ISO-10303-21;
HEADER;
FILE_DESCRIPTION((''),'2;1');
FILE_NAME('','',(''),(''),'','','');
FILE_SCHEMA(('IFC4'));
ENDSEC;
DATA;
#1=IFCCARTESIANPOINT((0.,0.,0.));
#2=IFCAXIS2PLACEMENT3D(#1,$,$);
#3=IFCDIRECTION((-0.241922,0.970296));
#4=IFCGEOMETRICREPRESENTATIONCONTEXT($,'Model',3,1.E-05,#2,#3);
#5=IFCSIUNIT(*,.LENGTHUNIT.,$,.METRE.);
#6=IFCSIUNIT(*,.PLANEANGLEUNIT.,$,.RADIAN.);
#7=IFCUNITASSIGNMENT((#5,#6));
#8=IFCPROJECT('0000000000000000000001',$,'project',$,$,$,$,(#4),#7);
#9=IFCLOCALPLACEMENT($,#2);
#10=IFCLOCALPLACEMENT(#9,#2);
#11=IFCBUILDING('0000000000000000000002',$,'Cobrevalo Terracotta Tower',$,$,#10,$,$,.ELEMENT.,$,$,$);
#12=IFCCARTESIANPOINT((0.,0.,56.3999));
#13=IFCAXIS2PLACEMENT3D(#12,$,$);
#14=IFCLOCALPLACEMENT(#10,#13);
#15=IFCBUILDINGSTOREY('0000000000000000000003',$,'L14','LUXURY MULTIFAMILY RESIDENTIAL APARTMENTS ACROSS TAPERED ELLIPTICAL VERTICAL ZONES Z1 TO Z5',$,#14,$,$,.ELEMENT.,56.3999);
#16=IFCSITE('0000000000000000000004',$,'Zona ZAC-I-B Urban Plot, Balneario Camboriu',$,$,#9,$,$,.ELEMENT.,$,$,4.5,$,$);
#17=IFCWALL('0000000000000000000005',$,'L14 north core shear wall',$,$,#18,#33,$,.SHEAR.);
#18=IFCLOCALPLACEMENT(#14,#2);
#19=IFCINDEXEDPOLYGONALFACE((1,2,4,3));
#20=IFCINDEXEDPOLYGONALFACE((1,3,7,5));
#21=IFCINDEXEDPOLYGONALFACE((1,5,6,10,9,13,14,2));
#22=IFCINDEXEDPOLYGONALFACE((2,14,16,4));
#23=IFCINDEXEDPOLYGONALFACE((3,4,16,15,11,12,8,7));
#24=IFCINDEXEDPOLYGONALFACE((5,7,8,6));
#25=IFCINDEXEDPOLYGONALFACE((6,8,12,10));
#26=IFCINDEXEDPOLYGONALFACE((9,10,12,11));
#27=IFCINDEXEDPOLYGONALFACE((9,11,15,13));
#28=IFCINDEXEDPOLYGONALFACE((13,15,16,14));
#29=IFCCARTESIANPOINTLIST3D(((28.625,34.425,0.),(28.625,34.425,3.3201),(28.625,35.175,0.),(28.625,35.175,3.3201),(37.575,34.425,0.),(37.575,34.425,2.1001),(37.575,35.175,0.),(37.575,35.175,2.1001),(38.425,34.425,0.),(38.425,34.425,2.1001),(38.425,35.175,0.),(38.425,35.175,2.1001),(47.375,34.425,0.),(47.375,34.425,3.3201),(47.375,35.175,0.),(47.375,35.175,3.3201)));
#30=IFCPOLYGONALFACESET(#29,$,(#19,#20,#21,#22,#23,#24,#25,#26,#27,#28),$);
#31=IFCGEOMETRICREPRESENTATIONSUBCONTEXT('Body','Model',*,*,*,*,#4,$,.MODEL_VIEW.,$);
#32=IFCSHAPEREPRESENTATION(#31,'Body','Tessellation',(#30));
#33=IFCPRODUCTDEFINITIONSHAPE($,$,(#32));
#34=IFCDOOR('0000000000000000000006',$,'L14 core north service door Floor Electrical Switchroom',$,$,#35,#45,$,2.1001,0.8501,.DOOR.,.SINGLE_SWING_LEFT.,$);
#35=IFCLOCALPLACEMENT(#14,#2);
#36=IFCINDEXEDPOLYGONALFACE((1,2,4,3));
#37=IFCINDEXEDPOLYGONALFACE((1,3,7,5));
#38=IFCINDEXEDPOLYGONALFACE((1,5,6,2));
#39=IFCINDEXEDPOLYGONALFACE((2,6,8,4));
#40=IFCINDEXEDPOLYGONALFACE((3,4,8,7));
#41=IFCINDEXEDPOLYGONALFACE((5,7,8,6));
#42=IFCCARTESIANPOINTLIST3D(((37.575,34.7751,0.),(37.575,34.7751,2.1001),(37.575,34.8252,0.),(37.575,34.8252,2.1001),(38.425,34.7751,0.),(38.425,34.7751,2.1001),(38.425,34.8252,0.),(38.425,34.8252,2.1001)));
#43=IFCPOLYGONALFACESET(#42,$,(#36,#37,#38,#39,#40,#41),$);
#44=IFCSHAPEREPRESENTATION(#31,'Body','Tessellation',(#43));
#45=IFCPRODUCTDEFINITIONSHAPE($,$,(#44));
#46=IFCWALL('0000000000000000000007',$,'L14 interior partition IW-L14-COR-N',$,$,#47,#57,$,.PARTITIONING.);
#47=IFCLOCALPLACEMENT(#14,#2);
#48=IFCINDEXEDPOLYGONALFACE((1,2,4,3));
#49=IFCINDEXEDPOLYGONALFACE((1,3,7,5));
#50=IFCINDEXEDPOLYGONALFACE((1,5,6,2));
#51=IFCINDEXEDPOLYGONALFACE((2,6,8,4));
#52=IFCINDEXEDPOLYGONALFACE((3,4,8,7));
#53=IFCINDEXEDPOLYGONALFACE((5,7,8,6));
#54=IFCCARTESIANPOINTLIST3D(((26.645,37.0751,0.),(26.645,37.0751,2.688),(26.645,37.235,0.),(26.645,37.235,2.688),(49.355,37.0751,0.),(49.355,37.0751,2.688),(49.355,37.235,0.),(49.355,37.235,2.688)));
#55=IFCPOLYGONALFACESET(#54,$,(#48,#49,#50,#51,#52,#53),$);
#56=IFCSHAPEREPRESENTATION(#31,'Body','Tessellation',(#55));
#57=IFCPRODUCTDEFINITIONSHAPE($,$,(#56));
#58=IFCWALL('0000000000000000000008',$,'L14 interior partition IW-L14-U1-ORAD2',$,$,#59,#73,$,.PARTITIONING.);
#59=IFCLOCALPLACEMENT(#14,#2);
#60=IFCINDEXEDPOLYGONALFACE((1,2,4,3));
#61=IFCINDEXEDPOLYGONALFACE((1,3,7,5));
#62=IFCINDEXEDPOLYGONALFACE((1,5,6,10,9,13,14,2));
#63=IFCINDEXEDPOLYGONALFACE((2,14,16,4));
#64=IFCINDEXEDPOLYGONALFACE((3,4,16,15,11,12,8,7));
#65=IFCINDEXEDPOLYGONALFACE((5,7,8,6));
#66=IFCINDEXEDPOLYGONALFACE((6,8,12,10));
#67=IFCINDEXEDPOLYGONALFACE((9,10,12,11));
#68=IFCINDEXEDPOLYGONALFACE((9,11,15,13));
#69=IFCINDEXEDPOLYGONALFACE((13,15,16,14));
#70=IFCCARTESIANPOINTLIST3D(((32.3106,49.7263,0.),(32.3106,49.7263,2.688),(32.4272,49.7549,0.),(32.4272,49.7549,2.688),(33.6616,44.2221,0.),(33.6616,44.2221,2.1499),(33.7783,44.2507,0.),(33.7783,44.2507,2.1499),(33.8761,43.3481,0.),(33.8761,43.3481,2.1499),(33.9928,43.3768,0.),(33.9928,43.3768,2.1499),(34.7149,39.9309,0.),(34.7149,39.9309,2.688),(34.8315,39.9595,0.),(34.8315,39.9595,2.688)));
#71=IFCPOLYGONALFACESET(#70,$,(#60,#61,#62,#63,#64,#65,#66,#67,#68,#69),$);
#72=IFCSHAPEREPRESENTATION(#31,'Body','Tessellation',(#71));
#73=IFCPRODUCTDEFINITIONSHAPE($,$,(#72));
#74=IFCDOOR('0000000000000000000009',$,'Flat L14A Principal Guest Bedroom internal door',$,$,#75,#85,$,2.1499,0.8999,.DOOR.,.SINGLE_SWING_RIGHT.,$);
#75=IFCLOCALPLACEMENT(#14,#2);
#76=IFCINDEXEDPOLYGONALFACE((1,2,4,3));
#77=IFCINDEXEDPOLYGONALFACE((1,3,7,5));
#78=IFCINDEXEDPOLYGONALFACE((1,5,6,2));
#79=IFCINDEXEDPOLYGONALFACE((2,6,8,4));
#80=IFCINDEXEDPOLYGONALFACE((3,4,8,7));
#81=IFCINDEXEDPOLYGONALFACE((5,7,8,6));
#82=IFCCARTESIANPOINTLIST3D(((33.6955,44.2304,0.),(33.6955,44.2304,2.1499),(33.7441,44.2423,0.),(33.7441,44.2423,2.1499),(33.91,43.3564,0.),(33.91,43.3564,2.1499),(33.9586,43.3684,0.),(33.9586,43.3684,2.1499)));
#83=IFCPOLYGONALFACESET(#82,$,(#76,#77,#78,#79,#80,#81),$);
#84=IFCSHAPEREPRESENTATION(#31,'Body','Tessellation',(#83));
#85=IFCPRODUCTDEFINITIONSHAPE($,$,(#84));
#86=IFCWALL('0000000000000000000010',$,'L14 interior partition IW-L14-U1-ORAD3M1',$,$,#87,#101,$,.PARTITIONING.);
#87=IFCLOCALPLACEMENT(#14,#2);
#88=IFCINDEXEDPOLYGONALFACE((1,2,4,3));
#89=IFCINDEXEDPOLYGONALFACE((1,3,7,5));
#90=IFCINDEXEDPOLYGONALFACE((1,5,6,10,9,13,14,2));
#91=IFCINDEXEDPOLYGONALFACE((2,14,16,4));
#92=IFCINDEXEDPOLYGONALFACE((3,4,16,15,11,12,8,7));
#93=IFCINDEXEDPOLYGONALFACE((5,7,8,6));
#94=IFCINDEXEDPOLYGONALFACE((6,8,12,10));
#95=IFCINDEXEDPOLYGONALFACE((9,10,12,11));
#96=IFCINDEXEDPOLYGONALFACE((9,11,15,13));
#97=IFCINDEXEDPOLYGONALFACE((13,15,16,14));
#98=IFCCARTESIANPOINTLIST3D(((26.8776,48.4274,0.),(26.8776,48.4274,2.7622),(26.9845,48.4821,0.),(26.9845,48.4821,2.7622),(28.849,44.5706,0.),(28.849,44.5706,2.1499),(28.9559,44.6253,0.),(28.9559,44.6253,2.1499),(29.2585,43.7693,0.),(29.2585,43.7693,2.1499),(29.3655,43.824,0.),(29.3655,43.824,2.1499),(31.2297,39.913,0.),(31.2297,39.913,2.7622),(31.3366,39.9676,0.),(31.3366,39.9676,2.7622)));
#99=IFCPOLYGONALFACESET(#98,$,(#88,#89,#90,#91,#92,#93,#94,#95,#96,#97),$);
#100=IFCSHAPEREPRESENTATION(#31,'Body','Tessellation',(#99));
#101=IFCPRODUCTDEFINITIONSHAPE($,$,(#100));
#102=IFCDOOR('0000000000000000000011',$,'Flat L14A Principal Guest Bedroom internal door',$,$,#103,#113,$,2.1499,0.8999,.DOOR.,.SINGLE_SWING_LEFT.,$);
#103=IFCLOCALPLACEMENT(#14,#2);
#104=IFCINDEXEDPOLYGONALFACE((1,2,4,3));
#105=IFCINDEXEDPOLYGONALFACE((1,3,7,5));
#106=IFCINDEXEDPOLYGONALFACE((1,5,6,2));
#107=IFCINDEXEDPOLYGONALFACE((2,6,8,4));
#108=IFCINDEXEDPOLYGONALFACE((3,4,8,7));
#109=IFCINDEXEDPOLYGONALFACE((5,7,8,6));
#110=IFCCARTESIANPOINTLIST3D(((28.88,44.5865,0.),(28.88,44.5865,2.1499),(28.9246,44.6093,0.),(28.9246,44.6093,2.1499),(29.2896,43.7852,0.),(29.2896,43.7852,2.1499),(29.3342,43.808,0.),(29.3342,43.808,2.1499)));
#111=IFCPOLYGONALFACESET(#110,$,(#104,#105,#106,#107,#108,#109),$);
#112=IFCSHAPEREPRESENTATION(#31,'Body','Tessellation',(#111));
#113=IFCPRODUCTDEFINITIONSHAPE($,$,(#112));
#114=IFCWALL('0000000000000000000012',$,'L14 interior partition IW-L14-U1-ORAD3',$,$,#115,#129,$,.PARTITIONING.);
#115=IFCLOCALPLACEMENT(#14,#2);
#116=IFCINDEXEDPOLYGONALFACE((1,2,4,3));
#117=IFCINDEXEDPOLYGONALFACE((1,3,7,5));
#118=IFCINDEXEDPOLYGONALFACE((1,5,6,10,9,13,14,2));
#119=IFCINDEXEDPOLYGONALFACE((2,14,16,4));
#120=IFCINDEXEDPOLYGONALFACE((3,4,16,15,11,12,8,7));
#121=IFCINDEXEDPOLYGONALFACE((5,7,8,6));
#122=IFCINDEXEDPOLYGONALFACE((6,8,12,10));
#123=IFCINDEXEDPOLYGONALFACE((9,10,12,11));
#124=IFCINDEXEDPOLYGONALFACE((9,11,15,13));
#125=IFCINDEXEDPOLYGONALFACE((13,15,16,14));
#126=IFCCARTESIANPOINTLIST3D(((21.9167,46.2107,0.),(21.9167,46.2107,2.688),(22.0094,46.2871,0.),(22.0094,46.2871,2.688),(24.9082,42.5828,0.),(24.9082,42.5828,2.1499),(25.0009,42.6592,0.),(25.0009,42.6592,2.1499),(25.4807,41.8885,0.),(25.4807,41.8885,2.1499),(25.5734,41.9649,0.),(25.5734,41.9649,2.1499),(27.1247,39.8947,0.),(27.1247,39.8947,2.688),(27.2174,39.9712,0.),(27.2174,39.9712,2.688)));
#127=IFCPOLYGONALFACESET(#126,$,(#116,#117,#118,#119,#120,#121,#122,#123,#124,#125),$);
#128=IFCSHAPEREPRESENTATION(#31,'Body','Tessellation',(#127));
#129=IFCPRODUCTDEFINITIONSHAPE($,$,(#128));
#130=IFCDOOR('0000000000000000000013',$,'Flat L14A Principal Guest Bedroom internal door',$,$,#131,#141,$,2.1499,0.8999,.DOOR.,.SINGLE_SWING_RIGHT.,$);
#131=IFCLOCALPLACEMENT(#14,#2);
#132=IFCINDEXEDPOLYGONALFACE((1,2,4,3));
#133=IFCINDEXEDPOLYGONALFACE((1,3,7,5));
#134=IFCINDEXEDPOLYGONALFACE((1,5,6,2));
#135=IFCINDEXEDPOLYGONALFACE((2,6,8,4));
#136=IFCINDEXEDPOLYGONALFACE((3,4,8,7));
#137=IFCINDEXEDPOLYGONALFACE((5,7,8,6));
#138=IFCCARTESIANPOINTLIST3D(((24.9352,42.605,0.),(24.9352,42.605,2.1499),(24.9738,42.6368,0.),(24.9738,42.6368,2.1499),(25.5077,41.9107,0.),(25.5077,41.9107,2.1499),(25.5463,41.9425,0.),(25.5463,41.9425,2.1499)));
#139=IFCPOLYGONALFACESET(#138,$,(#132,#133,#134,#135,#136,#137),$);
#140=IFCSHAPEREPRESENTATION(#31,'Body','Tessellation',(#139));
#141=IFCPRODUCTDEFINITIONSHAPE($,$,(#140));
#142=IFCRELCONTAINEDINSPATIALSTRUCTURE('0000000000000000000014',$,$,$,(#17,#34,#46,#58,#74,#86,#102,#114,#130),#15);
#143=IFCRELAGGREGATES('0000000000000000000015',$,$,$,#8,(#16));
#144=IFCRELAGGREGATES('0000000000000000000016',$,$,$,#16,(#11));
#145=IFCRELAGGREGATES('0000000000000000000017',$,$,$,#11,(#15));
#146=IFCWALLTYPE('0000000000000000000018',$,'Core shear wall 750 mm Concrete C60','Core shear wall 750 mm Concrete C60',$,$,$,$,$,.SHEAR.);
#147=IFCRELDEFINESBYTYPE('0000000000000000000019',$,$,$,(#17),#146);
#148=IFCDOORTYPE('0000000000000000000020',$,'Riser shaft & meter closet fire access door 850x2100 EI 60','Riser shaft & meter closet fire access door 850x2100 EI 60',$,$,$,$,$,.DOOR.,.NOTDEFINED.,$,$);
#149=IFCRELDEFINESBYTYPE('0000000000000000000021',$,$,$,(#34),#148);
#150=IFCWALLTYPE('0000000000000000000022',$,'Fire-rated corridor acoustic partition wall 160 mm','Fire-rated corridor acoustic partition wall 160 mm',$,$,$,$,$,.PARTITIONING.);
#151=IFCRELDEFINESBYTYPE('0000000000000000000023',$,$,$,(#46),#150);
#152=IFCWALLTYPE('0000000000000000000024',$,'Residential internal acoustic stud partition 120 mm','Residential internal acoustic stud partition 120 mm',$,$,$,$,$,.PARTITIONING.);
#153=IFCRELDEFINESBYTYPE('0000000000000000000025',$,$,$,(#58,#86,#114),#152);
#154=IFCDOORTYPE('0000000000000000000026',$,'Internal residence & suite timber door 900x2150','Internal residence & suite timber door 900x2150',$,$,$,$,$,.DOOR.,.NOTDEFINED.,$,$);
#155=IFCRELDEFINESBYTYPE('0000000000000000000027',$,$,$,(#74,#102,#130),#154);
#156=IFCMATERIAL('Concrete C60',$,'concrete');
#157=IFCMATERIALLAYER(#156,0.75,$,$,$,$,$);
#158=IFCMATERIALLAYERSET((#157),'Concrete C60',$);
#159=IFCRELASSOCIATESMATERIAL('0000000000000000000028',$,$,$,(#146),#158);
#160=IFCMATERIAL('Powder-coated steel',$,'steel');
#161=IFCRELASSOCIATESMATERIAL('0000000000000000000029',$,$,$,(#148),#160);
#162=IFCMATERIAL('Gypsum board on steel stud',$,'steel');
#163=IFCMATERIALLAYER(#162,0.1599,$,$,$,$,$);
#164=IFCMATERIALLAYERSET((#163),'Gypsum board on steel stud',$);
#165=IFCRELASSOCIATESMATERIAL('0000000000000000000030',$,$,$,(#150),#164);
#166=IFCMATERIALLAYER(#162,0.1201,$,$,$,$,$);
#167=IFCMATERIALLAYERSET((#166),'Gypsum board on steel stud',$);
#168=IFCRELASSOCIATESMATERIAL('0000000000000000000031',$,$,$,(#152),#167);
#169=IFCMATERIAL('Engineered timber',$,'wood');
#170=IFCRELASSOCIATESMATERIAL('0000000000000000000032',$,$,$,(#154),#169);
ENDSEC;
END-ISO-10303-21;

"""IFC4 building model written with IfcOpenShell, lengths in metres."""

from ifc_helpers import new_model, si_unit, direction, frame, frame_2d, origin, place, context, subcontext, project, spatial, rectangle, extrude, source, transform, mapped, material, layer, layer_set, type_object, element, fill, save


model = new_model("IFC4")

# Units and contexts
model_context = context("Model", 3, precision=1e-05, world=origin(), true_north=direction((-0.241922, 0.970296)))
body_context = subcontext(model_context, "Body", "Model", "MODEL_VIEW")
ifc_project = project(units=[si_unit("LENGTHUNIT", "METRE"), si_unit("PLANEANGLEUNIT", "RADIAN")], contexts=[model_context])

# Site, building, storey
site_placement = place(None, origin())
site = spatial("IfcSite", under=ifc_project, at=site_placement, Name="Zona ZAC-I-B Urban Plot, Balneario Camboriu", CompositionType="ELEMENT", RefElevation=4.5)
building_placement = place(site_placement, origin())
building = spatial("IfcBuilding", under=site, at=building_placement, Name="Cobrevalo Terracotta Tower", CompositionType="ELEMENT")
storey_placement = place(building_placement, frame((0.0, 0.0, 56.3999)))
storey = spatial("IfcBuildingStorey", under=building, at=storey_placement, Name="L14", Description="LUXURY MULTIFAMILY RESIDENTIAL APARTMENTS ACROSS TAPERED ELLIPTICAL VERTICAL ZONES Z1 TO Z5", CompositionType="ELEMENT", Elevation=56.3999)

# Shared definitions
ifc_material_1 = material(Name="Concrete C60", Category="concrete")

# Wall, opening, door
ifc_layer_1 = layer(ifc_material_1, 0.75)
ifc_layer_set_1 = layer_set([ifc_layer_1], Name="Concrete C60")
wall_type_1 = type_object("IfcWallType", Name="Core shear wall 750 mm Concrete C60", Description="Core shear wall 750 mm Concrete C60", PredefinedType="SHEAR", material=ifc_layer_set_1)
wall_1_placement = place(storey_placement, frame((28.625, 34.8, 0.0), z_axis=(0.0, 0.0, 1.0), x_axis=(1.0, 0.0, 0.0)))
wall_1 = element("IfcWall", 1, at=wall_1_placement, inside=storey, type_object=wall_type_1, Name="L14 north core shear wall", PredefinedType="SHEAR", context=body_context, shape_type="SweptSolid", body=[
    extrude(rectangle(XDim=18.75, YDim=0.75, at=frame_2d((9.375, 0.0))), origin(), (0.0, 0.0, 1.0), 3.3201),
])
opening_1_placement = place(wall_1_placement, frame((8.95, 0.0, 0.0)))
opening_1 = element("IfcOpeningElement", 2, at=opening_1_placement, cuts=wall_1, PredefinedType="OPENING", context=body_context, shape_type="SweptSolid", body=[
    extrude(rectangle(XDim=0.8501, YDim=2.1001, at=frame_2d((0.425, 1.05))), frame((0.0, 0.385, 0.0), z_axis=(0.0, -1.0, 0.0), x_axis=(1.0, 0.0, 0.0)), (0.0, 0.0, 1.0), 0.77),
])
ifc_material_2 = material(Name="Powder-coated steel", Category="steel")
door_type_1 = type_object("IfcDoorType", Name="Riser shaft & meter closet fire access door 850x2100 EI 60", Description="Riser shaft & meter closet fire access door 850x2100 EI 60", OperationType="NOTDEFINED", PredefinedType="DOOR", material=ifc_material_2)
shared_shape_1 = source(origin(), body_context, "Body", "SweptSolid", [
    extrude(rectangle(XDim=0.8501, YDim=2.1001, at=frame_2d((0.425, 1.05))), frame((0.0, 0.0249, 0.0), z_axis=(0.0, -1.0, 0.0), x_axis=(1.0, 0.0, 0.0)), (0.0, 0.0, 1.0), 0.05),
])
door_1_placement = place(opening_1_placement, frame((0.8501, 0.0, 0.0), z_axis=(0.0, 0.0, 1.0), x_axis=(-1.0, 0.0, 0.0)))
door_1 = element("IfcDoor", 3, at=door_1_placement, inside=storey, type_object=door_type_1, Name="L14 core north service door Floor Electrical Switchroom", OperationType="SINGLE_SWING_LEFT", OverallHeight=2.1001, OverallWidth=0.8501, PredefinedType="DOOR", context=body_context, shape_type="MappedRepresentation", body=[
    mapped(shared_shape_1, transform((0.0, 0.0, 0.0), scale=1.0)),
])
fill(opening_1, door_1)

# Wall
ifc_material_3 = material(Name="Gypsum board on steel stud", Category="steel")
ifc_layer_2 = layer(ifc_material_3, 0.1599)
ifc_layer_set_2 = layer_set([ifc_layer_2], Name="Gypsum board on steel stud")
wall_type_2 = type_object("IfcWallType", Name="Fire-rated corridor acoustic partition wall 160 mm", Description="Fire-rated corridor acoustic partition wall 160 mm", PredefinedType="PARTITIONING", material=ifc_layer_set_2)
wall_2_placement = place(storey_placement, frame((26.645, 37.155, 0.0), z_axis=(0.0, 0.0, 1.0), x_axis=(1.0, 0.0, 0.0)))
element("IfcWall", 4, at=wall_2_placement, inside=storey, type_object=wall_type_2, Name="L14 interior partition IW-L14-COR-N", PredefinedType="PARTITIONING", context=body_context, shape_type="SweptSolid", body=[
    extrude(rectangle(XDim=22.71, YDim=0.1599, at=frame_2d((11.355, 0.0))), origin(), (0.0, 0.0, 1.0), 2.688),
])

# Walls, openings, doors
ifc_layer_3 = layer(ifc_material_3, 0.1201)
ifc_layer_set_3 = layer_set([ifc_layer_3], Name="Gypsum board on steel stud")
wall_type_3 = type_object("IfcWallType", Name="Residential internal acoustic stud partition 120 mm", Description="Residential internal acoustic stud partition 120 mm", PredefinedType="PARTITIONING", material=ifc_layer_set_3)
wall_3_placement = place(storey_placement, frame((34.7732, 39.9453, 0.0), z_axis=(0.0, 0.0, 1.0), x_axis=(-0.238376, 0.971173, 0.0)))
wall_3 = element("IfcWall", 5, at=wall_3_placement, inside=storey, type_object=wall_type_3, Name="L14 interior partition IW-L14-U1-ORAD2", PredefinedType="PARTITIONING", context=body_context, shape_type="SweptSolid", body=[
    extrude(rectangle(XDim=10.0862, YDim=0.1201, at=frame_2d((5.043, 0.0))), origin(), (0.0, 0.0, 1.0), 2.688),
])
opening_2_placement = place(wall_3_placement, frame((3.5186, 0.0, 0.0)))
opening_2 = element("IfcOpeningElement", 6, at=opening_2_placement, cuts=wall_3, PredefinedType="OPENING", context=body_context, shape_type="SweptSolid", body=[
    extrude(rectangle(XDim=0.8999, YDim=2.1499, at=frame_2d((0.45, 1.075))), frame((0.0, 0.0701, 0.0), z_axis=(0.0, -1.0, 0.0), x_axis=(1.0, 0.0, 0.0)), (0.0, 0.0, 1.0), 0.1401),
])
ifc_material_4 = material(Name="Engineered timber", Category="wood")
door_type_2 = type_object("IfcDoorType", Name="Internal residence & suite timber door 900x2150", Description="Internal residence & suite timber door 900x2150", OperationType="NOTDEFINED", PredefinedType="DOOR", material=ifc_material_4)
shared_shape_2 = source(origin(), body_context, "Body", "SweptSolid", [
    extrude(rectangle(XDim=0.8999, YDim=2.1499, at=frame_2d((0.45, 1.075))), frame((0.0, 0.0249, 0.0), z_axis=(0.0, -1.0, 0.0), x_axis=(1.0, 0.0, 0.0)), (0.0, 0.0, 1.0), 0.05),
])
door_2_placement = place(opening_2_placement, frame((0.8999, 0.0, 0.0), z_axis=(0.0, 0.0, 1.0), x_axis=(-1.0, 0.0, 0.0)))
door_2 = element("IfcDoor", 7, at=door_2_placement, inside=storey, type_object=door_type_2, Name="Flat L14A Principal Guest Bedroom internal door", OperationType="SINGLE_SWING_RIGHT", OverallHeight=2.1499, OverallWidth=0.8999, PredefinedType="DOOR", context=body_context, shape_type="MappedRepresentation", body=[
    mapped(shared_shape_2, transform((0.0, 0.0, 0.0), scale=1.0)),
])
fill(opening_2, door_2)
wall_4_placement = place(storey_placement, frame((31.2832, 39.9402, 0.0), z_axis=(0.0, 0.0, 1.0), x_axis=(-0.455131, 0.890424, 0.0)))
wall_4 = element("IfcWall", 8, at=wall_4_placement, inside=storey, type_object=wall_type_3, Name="L14 interior partition IW-L14-U1-ORAD3M1", PredefinedType="PARTITIONING", context=body_context, shape_type="SweptSolid", body=[
    extrude(rectangle(XDim=9.5623, YDim=0.1201, at=frame_2d((4.7812, 0.0))), origin(), (0.0, 0.0, 1.0), 2.7622),
])
opening_3_placement = place(wall_4_placement, frame((4.3311, 0.0, 0.0)))
opening_3 = element("IfcOpeningElement", 9, at=opening_3_placement, cuts=wall_4, PredefinedType="OPENING", context=body_context, shape_type="SweptSolid", body=[
    extrude(rectangle(XDim=0.8999, YDim=2.1499, at=frame_2d((0.45, 1.075))), frame((0.0, 0.0701, 0.0), z_axis=(0.0, -1.0, 0.0), x_axis=(1.0, 0.0, 0.0)), (0.0, 0.0, 1.0), 0.1401),
])
door_3_placement = place(opening_3_placement, frame((0.8999, 0.0, 0.0), z_axis=(0.0, 0.0, 1.0), x_axis=(-1.0, 0.0, 0.0)))
door_3 = element("IfcDoor", 10, at=door_3_placement, inside=storey, type_object=door_type_2, Name="Flat L14A Principal Guest Bedroom internal door", OperationType="SINGLE_SWING_LEFT", OverallHeight=2.1499, OverallWidth=0.8999, PredefinedType="DOOR", context=body_context, shape_type="MappedRepresentation", body=[
    mapped(shared_shape_2, transform((0.0, 0.0, 0.0), scale=1.0)),
])
fill(opening_3, door_3)
wall_5_placement = place(storey_placement, frame((27.1711, 39.9329, 0.0), z_axis=(0.0, 0.0, 1.0), x_axis=(-0.636192, 0.771531, 0.0)))
wall_5 = element("IfcWall", 11, at=wall_5_placement, inside=storey, type_object=wall_type_3, Name="L14 interior partition IW-L14-U1-ORAD3", PredefinedType="PARTITIONING", context=body_context, shape_type="SweptSolid", body=[
    extrude(rectangle(XDim=8.1863, YDim=0.1201, at=frame_2d((4.0933, 0.0))), origin(), (0.0, 0.0, 1.0), 2.688),
])
opening_4_placement = place(wall_5_placement, frame((2.5842, 0.0, 0.0)))
opening_4 = element("IfcOpeningElement", 12, at=opening_4_placement, cuts=wall_5, PredefinedType="OPENING", context=body_context, shape_type="SweptSolid", body=[
    extrude(rectangle(XDim=0.8999, YDim=2.1499, at=frame_2d((0.45, 1.075))), frame((0.0, 0.0701, 0.0), z_axis=(0.0, -1.0, 0.0), x_axis=(1.0, 0.0, 0.0)), (0.0, 0.0, 1.0), 0.1401),
])
door_4_placement = place(opening_4_placement, frame((0.8999, 0.0, 0.0), z_axis=(0.0, 0.0, 1.0), x_axis=(-1.0, 0.0, 0.0)))
door_4 = element("IfcDoor", 13, at=door_4_placement, inside=storey, type_object=door_type_2, Name="Flat L14A Principal Guest Bedroom internal door", OperationType="SINGLE_SWING_RIGHT", OverallHeight=2.1499, OverallWidth=0.8999, PredefinedType="DOOR", context=body_context, shape_type="MappedRepresentation", body=[
    mapped(shared_shape_2, transform((0.0, 0.0, 0.0), scale=1.0)),
])
fill(opening_4, door_4)

save(model, "model.ifc")
